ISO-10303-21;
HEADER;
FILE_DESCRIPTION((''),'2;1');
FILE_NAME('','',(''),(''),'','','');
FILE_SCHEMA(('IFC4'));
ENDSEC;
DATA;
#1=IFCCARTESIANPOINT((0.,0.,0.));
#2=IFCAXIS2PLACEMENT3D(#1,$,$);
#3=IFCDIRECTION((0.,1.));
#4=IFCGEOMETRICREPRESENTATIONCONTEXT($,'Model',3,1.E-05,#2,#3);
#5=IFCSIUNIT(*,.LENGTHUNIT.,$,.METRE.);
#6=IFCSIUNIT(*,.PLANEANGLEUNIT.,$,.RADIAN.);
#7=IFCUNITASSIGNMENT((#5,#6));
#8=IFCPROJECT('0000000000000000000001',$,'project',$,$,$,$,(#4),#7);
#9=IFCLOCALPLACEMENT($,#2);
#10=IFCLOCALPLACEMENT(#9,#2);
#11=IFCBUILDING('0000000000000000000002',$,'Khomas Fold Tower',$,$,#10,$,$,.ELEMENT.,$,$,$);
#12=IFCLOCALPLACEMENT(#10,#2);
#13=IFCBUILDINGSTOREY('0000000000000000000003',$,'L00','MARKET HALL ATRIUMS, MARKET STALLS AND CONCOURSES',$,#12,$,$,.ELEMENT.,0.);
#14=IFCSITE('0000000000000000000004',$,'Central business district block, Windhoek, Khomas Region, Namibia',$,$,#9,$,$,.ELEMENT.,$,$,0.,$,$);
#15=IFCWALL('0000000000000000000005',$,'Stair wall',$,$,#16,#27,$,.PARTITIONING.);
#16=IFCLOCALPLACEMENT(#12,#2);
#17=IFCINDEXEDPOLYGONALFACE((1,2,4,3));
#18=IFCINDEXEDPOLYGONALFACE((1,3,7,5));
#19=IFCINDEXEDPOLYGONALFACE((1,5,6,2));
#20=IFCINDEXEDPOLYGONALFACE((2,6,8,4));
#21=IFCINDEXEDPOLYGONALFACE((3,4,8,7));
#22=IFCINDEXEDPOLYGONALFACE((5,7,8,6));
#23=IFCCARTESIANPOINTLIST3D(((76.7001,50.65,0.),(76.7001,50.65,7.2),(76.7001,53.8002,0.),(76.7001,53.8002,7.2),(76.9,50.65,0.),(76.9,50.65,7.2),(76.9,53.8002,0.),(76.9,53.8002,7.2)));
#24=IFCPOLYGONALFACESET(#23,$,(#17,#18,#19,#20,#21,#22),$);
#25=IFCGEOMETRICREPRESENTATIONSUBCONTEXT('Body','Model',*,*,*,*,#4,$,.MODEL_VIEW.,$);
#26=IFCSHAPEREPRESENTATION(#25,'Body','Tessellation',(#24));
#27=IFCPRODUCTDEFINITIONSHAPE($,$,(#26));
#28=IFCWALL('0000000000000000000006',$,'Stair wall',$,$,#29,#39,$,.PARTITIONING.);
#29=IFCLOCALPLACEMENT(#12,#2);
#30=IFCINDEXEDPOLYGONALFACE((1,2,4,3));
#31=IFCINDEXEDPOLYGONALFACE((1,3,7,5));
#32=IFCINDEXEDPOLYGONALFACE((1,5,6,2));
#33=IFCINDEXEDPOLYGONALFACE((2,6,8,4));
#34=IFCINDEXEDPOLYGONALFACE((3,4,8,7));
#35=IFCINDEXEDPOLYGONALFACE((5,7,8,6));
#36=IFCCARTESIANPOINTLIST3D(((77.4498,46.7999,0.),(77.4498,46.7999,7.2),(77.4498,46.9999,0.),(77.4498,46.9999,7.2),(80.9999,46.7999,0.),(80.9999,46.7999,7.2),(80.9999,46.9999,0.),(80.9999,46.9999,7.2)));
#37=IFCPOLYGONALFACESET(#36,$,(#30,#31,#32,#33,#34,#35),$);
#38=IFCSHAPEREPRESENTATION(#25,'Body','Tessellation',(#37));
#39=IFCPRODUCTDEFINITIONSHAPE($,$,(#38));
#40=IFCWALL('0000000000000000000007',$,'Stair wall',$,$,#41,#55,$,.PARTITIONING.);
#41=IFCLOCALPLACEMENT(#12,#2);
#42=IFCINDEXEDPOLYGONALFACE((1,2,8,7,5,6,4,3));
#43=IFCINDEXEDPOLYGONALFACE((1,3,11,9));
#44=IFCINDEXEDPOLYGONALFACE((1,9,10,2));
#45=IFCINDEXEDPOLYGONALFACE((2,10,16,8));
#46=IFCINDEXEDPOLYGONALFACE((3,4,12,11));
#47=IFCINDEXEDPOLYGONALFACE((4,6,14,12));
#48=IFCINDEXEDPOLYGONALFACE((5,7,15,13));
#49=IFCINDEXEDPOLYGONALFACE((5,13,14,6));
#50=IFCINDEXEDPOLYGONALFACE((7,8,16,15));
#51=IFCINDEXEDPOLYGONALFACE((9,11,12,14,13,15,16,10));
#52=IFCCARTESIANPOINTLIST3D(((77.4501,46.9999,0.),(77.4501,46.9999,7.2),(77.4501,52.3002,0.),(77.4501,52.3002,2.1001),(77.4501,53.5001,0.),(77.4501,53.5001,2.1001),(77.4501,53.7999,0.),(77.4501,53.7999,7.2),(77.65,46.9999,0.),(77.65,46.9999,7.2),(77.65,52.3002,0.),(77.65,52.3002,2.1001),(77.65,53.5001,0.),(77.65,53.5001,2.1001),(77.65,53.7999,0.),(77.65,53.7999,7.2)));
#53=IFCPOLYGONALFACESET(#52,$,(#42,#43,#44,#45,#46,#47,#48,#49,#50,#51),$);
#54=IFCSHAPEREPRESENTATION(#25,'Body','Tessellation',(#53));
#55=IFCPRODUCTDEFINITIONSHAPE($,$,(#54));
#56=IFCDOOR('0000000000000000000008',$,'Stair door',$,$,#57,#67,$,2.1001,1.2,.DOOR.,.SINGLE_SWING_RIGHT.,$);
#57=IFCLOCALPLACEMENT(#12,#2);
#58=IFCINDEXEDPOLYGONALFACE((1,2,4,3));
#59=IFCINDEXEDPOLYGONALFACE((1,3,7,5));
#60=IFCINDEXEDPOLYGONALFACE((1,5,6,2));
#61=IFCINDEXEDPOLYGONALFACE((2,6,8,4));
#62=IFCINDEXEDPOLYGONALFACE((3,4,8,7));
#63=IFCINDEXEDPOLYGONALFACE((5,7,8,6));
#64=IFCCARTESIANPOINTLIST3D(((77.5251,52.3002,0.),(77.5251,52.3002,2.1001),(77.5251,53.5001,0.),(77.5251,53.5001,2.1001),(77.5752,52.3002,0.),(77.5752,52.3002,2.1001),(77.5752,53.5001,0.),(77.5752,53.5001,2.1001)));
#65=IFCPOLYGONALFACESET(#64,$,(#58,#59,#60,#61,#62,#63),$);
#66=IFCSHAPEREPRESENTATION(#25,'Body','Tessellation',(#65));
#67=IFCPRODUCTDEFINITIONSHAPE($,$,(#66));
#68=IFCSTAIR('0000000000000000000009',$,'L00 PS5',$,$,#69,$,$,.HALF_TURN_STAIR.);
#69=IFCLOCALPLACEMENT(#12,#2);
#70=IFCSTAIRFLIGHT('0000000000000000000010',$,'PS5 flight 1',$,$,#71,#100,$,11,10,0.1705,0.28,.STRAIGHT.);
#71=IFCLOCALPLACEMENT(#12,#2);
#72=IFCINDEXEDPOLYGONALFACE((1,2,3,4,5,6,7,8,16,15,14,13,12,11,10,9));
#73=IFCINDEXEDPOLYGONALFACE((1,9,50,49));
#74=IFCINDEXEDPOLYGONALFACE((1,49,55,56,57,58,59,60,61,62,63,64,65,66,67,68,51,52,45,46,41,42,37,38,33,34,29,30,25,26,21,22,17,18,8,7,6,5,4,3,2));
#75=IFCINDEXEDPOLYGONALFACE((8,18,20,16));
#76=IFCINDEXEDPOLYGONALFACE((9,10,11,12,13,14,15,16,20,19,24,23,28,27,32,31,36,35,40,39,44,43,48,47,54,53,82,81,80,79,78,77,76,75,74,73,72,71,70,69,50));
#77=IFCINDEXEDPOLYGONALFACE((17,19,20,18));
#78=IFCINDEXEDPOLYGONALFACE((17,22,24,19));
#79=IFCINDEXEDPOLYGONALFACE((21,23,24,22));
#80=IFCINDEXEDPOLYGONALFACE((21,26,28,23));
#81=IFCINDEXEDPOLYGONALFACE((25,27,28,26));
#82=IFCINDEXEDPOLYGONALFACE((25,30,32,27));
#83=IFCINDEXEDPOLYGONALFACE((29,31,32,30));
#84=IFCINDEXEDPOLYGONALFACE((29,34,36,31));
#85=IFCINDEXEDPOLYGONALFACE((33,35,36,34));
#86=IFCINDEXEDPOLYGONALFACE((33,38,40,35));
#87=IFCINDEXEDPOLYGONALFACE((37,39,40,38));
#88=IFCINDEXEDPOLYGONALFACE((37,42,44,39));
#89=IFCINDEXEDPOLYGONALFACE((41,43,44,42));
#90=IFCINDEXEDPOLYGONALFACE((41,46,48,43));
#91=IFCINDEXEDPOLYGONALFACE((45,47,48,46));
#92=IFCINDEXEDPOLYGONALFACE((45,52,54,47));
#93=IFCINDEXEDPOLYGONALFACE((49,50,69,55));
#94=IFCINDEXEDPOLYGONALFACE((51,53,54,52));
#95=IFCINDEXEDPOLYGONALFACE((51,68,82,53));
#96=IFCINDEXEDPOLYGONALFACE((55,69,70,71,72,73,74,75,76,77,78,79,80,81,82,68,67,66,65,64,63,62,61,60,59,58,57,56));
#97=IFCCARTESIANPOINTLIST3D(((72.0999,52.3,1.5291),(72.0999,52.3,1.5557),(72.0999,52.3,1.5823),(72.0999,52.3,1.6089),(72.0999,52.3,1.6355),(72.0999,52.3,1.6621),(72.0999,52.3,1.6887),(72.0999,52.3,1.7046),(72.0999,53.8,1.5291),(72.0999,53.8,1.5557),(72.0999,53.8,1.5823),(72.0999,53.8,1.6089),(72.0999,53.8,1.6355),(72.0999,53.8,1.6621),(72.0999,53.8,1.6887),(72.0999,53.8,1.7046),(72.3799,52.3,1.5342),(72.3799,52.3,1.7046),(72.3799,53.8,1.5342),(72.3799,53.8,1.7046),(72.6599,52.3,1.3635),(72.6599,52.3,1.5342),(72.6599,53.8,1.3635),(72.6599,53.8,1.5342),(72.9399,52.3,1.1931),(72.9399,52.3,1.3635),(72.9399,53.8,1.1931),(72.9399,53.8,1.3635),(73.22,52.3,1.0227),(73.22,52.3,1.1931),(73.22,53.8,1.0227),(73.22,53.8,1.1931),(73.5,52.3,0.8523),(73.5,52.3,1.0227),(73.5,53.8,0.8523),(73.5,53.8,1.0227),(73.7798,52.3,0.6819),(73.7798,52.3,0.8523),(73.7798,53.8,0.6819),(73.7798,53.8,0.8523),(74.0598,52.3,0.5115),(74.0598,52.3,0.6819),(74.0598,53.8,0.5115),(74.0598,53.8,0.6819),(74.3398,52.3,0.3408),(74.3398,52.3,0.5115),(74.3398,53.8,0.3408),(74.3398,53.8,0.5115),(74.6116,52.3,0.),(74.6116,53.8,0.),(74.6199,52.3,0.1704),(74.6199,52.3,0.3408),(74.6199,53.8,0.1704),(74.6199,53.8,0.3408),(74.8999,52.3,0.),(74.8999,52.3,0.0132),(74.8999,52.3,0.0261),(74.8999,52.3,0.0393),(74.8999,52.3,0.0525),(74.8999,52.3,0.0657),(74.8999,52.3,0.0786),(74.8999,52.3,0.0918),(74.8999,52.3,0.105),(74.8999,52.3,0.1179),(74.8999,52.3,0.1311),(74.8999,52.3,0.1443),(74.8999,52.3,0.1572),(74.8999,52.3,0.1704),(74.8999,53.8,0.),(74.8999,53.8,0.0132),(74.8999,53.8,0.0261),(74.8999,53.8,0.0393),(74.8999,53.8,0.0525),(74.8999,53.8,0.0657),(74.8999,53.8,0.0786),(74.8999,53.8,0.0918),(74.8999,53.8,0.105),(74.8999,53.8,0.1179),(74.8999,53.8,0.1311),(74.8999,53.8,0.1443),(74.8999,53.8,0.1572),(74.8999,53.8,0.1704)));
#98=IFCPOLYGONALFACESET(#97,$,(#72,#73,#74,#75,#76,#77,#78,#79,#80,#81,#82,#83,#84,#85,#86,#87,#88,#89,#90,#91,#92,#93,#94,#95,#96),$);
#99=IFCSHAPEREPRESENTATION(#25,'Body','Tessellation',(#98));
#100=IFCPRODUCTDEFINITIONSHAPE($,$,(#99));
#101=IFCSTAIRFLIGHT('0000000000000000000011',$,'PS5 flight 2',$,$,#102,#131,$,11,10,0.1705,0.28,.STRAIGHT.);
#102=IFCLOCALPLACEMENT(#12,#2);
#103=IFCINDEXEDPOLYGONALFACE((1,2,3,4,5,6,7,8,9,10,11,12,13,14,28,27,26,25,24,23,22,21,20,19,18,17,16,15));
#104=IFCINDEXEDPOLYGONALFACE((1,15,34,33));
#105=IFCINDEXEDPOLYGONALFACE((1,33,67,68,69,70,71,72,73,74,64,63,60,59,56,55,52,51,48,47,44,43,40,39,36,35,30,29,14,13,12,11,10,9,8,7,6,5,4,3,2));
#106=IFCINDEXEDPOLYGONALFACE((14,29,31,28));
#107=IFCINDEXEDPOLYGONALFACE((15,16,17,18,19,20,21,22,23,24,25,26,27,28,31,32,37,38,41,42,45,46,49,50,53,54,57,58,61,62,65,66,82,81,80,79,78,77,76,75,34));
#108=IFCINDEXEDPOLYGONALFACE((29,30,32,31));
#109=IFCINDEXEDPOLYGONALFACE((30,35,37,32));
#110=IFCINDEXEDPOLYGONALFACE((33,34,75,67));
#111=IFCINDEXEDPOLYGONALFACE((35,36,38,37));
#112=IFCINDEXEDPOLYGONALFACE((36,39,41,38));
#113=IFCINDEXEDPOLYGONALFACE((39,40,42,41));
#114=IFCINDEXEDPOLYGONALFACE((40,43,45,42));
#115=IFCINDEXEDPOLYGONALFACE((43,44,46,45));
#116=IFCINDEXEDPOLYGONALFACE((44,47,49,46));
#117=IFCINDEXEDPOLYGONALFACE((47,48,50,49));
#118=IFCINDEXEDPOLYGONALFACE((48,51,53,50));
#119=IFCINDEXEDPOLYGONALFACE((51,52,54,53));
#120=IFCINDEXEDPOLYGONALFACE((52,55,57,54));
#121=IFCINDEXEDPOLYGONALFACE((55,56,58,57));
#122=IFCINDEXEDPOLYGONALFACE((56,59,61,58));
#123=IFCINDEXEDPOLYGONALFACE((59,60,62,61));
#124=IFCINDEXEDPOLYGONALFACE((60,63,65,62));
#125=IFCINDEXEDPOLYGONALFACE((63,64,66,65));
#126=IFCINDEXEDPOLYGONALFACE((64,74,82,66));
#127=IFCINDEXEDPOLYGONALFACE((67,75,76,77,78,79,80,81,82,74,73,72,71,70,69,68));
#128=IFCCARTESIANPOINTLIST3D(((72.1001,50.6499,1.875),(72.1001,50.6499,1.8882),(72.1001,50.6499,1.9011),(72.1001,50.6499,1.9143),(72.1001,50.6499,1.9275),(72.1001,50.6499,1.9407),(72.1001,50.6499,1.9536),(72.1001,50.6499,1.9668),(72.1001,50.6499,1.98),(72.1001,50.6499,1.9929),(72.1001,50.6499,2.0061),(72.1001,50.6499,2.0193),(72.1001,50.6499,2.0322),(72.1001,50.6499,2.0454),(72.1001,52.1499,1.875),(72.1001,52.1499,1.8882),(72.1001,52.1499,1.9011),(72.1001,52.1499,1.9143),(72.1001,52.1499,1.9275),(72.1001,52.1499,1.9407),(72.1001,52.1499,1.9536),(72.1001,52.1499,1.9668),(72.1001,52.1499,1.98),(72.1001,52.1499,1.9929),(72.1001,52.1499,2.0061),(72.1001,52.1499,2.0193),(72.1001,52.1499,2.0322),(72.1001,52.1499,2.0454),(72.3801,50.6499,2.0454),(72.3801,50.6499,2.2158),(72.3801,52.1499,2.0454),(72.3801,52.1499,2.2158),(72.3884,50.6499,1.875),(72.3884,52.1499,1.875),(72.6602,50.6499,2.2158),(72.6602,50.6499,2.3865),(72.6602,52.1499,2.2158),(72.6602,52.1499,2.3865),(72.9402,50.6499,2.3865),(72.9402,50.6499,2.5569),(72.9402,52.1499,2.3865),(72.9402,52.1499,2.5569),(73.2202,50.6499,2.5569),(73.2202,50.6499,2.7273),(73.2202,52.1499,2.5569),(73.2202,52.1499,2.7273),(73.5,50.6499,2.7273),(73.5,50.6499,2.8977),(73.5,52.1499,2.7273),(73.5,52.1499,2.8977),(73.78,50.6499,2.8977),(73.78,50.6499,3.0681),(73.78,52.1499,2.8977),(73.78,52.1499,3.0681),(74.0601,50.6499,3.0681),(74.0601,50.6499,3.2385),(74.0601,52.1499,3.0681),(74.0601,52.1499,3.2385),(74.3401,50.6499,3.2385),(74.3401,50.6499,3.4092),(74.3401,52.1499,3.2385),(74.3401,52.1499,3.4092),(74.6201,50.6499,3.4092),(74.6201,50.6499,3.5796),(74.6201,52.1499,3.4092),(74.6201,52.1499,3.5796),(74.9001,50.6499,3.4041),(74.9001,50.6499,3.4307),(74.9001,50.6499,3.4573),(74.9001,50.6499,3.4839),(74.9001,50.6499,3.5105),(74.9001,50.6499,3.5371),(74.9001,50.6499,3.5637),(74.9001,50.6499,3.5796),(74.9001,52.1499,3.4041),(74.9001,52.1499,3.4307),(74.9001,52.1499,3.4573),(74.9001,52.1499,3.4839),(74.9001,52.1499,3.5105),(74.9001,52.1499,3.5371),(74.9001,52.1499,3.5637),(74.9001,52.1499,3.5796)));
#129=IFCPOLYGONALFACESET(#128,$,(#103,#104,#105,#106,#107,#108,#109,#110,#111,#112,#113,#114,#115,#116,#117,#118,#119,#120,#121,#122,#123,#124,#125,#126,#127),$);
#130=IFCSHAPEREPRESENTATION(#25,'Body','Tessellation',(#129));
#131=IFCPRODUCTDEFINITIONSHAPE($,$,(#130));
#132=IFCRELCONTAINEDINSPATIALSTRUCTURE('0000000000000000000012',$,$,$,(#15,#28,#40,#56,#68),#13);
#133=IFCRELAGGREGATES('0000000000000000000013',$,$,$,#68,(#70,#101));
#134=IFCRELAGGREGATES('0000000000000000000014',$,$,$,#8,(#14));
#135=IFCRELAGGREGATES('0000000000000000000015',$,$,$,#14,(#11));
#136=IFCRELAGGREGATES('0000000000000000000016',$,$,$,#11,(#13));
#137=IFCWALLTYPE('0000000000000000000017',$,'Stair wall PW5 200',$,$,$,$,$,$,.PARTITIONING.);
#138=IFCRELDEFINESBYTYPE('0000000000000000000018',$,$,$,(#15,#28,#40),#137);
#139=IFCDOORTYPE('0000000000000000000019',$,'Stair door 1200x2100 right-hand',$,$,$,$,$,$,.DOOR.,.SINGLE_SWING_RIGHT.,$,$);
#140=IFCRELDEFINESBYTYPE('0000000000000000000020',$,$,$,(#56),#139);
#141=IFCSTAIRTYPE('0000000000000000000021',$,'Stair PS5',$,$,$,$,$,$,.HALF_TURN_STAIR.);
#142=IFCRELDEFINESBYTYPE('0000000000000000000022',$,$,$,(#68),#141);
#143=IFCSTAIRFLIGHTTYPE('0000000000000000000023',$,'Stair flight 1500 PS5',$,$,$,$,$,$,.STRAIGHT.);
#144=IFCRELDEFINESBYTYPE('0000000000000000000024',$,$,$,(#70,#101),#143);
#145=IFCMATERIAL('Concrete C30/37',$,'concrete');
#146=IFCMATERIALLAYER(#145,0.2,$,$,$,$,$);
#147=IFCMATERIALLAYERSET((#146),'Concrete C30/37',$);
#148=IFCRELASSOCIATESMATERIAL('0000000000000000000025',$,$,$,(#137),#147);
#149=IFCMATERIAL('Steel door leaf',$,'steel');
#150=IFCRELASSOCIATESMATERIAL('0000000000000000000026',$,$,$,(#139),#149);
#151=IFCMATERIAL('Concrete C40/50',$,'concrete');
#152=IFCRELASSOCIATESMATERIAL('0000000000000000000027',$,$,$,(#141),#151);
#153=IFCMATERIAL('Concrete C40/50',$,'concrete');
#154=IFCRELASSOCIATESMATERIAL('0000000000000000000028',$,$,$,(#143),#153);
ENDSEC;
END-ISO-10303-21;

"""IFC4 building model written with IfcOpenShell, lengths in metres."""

from ifc_helpers import new_model, si_unit, direction, frame, frame_2d, origin, place, context, subcontext, project, spatial, polyline, rectangle, outline, extrude, source, transform, mapped, material, layer, layer_set, type_object, element, fill, aggregate, save


model = new_model("IFC4")

# Units and contexts
model_context = context("Model", 3, precision=1e-05, world=origin(), true_north=direction((0.0, 1.0)))
body_context = subcontext(model_context, "Body", "Model", "MODEL_VIEW")
ifc_project = project(units=[si_unit("LENGTHUNIT", "METRE"), si_unit("PLANEANGLEUNIT", "RADIAN")], contexts=[model_context])

# Site, building, storey
site_placement = place(None, origin())
site = spatial("IfcSite", under=ifc_project, at=site_placement, Name="Central business district block, Windhoek, Khomas Region, Namibia", CompositionType="ELEMENT", RefElevation=0.0)
building_placement = place(site_placement, origin())
building = spatial("IfcBuilding", under=site, at=building_placement, Name="Khomas Fold Tower", CompositionType="ELEMENT")
storey_placement = place(building_placement, origin())
storey = spatial("IfcBuildingStorey", under=building, at=storey_placement, Name="L00", Description="MARKET HALL ATRIUMS, MARKET STALLS AND CONCOURSES", CompositionType="ELEMENT", Elevation=0.0)

# Walls
ifc_material_1 = material(Name="Concrete C30/37", Category="concrete")
ifc_layer = layer(ifc_material_1, 0.2)
ifc_layer_set = layer_set([ifc_layer], Name="Concrete C30/37")
wall_type = type_object("IfcWallType", Name="Stair wall PW5 200", PredefinedType="PARTITIONING", material=ifc_layer_set)
shared_shape_1 = source(origin(), body_context, "Body", "SweptSolid", [
    extrude(rectangle(XDim=3.1501, YDim=0.2, at=frame_2d((1.5752, 0.0))), origin(), (0.0, 0.0, 1.0), 7.2),
])
wall_1_placement = place(storey_placement, frame((76.8, 50.6499, 0.0), z_axis=(0.0, 0.0, 1.0), x_axis=(0.0, 1.0, 0.0)))
element("IfcWall", 1, at=wall_1_placement, inside=storey, type_object=wall_type, Name="Stair wall", PredefinedType="PARTITIONING", context=body_context, shape_type="MappedRepresentation", body=[
    mapped(shared_shape_1, transform((0.0, 0.0, 0.0))),
])
shared_shape_2 = source(origin(), body_context, "Body", "SweptSolid", [
    extrude(rectangle(XDim=3.55, YDim=0.2, at=frame_2d((1.7749, 0.0))), origin(), (0.0, 0.0, 1.0), 7.2),
])
wall_2_placement = place(storey_placement, frame((77.45, 46.8999, 0.0), z_axis=(0.0, 0.0, 1.0), x_axis=(1.0, 0.0, 0.0)))
element("IfcWall", 2, at=wall_2_placement, inside=storey, type_object=wall_type, Name="Stair wall", PredefinedType="PARTITIONING", context=body_context, shape_type="MappedRepresentation", body=[
    mapped(shared_shape_2, transform((0.0, 0.0, 0.0))),
])

# Wall, opening, door
shared_shape_3 = source(origin(), body_context, "Body", "SweptSolid", [
    extrude(rectangle(XDim=6.8, YDim=0.2, at=frame_2d((3.3999, 0.0))), origin(), (0.0, 0.0, 1.0), 7.2),
])
wall_3_placement = place(storey_placement, frame((77.55, 47.0, 0.0), z_axis=(0.0, 0.0, 1.0), x_axis=(0.0, 1.0, 0.0)))
wall_3 = element("IfcWall", 3, at=wall_3_placement, inside=storey, type_object=wall_type, Name="Stair wall", PredefinedType="PARTITIONING", context=body_context, shape_type="MappedRepresentation", body=[
    mapped(shared_shape_3, transform((0.0, 0.0, 0.0))),
])
shared_shape_4 = source(origin(), body_context, "Body", "SweptSolid", [
    extrude(rectangle(XDim=1.2, YDim=2.1001, at=frame_2d((0.6001, 1.05))), frame((0.0, 0.1099, 0.0), z_axis=(0.0, -1.0, 0.0), x_axis=(1.0, 0.0, 0.0)), (0.0, 0.0, 1.0), 0.22),
])
opening_placement = place(wall_3_placement, frame((5.3, 0.0, 0.0)))
opening = element("IfcOpeningElement", 4, at=opening_placement, cuts=wall_3, PredefinedType="OPENING", context=body_context, shape_type="MappedRepresentation", body=[
    mapped(shared_shape_4, transform((0.0, 0.0, 0.0))),
])
ifc_material_2 = material(Name="Steel door leaf", Category="steel")
door_type = type_object("IfcDoorType", Name="Stair door 1200x2100 right-hand", OperationType="SINGLE_SWING_RIGHT", PredefinedType="DOOR", material=ifc_material_2)
shared_shape_5 = source(origin(), body_context, "Body", "SweptSolid", [
    extrude(rectangle(XDim=1.2, YDim=2.1001, at=frame_2d((0.6001, 1.05))), frame((0.0, 0.0249, 0.0), z_axis=(0.0, -1.0, 0.0), x_axis=(1.0, 0.0, 0.0)), (0.0, 0.0, 1.0), 0.05),
])
door_placement = place(opening_placement, origin())
door = element("IfcDoor", 5, at=door_placement, inside=storey, type_object=door_type, Name="Stair door", OperationType="SINGLE_SWING_RIGHT", OverallHeight=2.1001, OverallWidth=1.2, PredefinedType="DOOR", context=body_context, shape_type="MappedRepresentation", body=[
    mapped(shared_shape_5, transform((0.0, 0.0, 0.0))),
])
fill(opening, door)

# Stair, stair flights
ifc_material_3 = material(Name="Concrete C40/50", Category="concrete")
stair_type = type_object("IfcStairType", Name="Stair PS5", PredefinedType="HALF_TURN_STAIR", material=ifc_material_3)
stair_placement = place(storey_placement, origin())
stair = element("IfcStair", 6, at=stair_placement, inside=storey, type_object=stair_type, Name="L00 PS5", PredefinedType="HALF_TURN_STAIR")
ifc_material_4 = material(Name="Concrete C40/50", Category="concrete")
stair_flight_type = type_object("IfcStairFlightType", Name="Stair flight 1500 PS5", PredefinedType="STRAIGHT", material=ifc_material_4)
shared_shape_6 = source(origin(), body_context, "Body", "SweptSolid", [
    extrude(outline(polyline([(0.0, 0.0), (0.0, 0.0132), (0.0, 0.0261), (0.0, 0.0393), (0.0, 0.0525), (0.0, 0.0657), (0.0, 0.0786), (0.0, 0.0918), (0.0, 0.105), (0.0, 0.1179), (0.0, 0.1311), (0.0, 0.1443), (0.0, 0.1572), (0.0, 0.1704), (0.28, 0.1704), (0.28, 0.3408), (0.5601, 0.3408), (0.5601, 0.5115), (0.8401, 0.5115), (0.8401, 0.6819), (1.1201, 0.6819), (1.1201, 0.8523), (1.3999, 0.8523), (1.3999, 1.0227), (1.6799, 1.0227), (1.6799, 1.1931), (1.96, 1.1931), (1.96, 1.3635), (2.24, 1.3635), (2.24, 1.5342), (2.52, 1.5342), (2.52, 1.7046), (2.8, 1.7046), (2.8, 1.875), (2.8, 1.8484), (2.8, 1.8218), (2.8, 1.7952), (2.8, 1.7686), (2.8, 1.7419), (2.8, 1.7153), (2.8, 1.6887), (2.8, 1.6621), (2.8, 1.6355), (2.8, 1.6089), (2.8, 1.5823), (2.8, 1.5557), (2.8, 1.5291), (0.2883, 0.0), (0.0, 0.0)])), frame((0.0, 0.75, 0.0), z_axis=(0.0, -1.0, 0.0), x_axis=(1.0, 0.0, 0.0)), (0.0, 0.0, 1.0), 1.5),
])
stair_flight_1_placement = place(storey_placement, frame((74.8999, 53.05, 0.0), z_axis=(0.0, 0.0, 1.0), x_axis=(-1.0, 0.0, 0.0)))
stair_flight_1 = element("IfcStairFlight", 7, at=stair_flight_1_placement, type_object=stair_flight_type, Name="PS5 flight 1", NumberOfRisers=11, NumberOfTreads=10, PredefinedType="STRAIGHT", RiserHeight=0.1705, TreadLength=0.28, context=body_context, shape_type="MappedRepresentation", body=[
    mapped(shared_shape_6, transform((0.0, 0.0, 0.0))),
])
stair_flight_2_placement = place(storey_placement, frame((72.1001, 51.3999, 1.875), z_axis=(0.0, 0.0, 1.0), x_axis=(1.0, 0.0, 0.0)))
stair_flight_2 = element("IfcStairFlight", 8, at=stair_flight_2_placement, type_object=stair_flight_type, Name="PS5 flight 2", NumberOfRisers=11, NumberOfTreads=10, PredefinedType="STRAIGHT", RiserHeight=0.1705, TreadLength=0.28, context=body_context, shape_type="MappedRepresentation", body=[
    mapped(shared_shape_6, transform((0.0, 0.0, 0.0))),
])
aggregate(stair, [stair_flight_1, stair_flight_2])

save(model, "model.ifc")
